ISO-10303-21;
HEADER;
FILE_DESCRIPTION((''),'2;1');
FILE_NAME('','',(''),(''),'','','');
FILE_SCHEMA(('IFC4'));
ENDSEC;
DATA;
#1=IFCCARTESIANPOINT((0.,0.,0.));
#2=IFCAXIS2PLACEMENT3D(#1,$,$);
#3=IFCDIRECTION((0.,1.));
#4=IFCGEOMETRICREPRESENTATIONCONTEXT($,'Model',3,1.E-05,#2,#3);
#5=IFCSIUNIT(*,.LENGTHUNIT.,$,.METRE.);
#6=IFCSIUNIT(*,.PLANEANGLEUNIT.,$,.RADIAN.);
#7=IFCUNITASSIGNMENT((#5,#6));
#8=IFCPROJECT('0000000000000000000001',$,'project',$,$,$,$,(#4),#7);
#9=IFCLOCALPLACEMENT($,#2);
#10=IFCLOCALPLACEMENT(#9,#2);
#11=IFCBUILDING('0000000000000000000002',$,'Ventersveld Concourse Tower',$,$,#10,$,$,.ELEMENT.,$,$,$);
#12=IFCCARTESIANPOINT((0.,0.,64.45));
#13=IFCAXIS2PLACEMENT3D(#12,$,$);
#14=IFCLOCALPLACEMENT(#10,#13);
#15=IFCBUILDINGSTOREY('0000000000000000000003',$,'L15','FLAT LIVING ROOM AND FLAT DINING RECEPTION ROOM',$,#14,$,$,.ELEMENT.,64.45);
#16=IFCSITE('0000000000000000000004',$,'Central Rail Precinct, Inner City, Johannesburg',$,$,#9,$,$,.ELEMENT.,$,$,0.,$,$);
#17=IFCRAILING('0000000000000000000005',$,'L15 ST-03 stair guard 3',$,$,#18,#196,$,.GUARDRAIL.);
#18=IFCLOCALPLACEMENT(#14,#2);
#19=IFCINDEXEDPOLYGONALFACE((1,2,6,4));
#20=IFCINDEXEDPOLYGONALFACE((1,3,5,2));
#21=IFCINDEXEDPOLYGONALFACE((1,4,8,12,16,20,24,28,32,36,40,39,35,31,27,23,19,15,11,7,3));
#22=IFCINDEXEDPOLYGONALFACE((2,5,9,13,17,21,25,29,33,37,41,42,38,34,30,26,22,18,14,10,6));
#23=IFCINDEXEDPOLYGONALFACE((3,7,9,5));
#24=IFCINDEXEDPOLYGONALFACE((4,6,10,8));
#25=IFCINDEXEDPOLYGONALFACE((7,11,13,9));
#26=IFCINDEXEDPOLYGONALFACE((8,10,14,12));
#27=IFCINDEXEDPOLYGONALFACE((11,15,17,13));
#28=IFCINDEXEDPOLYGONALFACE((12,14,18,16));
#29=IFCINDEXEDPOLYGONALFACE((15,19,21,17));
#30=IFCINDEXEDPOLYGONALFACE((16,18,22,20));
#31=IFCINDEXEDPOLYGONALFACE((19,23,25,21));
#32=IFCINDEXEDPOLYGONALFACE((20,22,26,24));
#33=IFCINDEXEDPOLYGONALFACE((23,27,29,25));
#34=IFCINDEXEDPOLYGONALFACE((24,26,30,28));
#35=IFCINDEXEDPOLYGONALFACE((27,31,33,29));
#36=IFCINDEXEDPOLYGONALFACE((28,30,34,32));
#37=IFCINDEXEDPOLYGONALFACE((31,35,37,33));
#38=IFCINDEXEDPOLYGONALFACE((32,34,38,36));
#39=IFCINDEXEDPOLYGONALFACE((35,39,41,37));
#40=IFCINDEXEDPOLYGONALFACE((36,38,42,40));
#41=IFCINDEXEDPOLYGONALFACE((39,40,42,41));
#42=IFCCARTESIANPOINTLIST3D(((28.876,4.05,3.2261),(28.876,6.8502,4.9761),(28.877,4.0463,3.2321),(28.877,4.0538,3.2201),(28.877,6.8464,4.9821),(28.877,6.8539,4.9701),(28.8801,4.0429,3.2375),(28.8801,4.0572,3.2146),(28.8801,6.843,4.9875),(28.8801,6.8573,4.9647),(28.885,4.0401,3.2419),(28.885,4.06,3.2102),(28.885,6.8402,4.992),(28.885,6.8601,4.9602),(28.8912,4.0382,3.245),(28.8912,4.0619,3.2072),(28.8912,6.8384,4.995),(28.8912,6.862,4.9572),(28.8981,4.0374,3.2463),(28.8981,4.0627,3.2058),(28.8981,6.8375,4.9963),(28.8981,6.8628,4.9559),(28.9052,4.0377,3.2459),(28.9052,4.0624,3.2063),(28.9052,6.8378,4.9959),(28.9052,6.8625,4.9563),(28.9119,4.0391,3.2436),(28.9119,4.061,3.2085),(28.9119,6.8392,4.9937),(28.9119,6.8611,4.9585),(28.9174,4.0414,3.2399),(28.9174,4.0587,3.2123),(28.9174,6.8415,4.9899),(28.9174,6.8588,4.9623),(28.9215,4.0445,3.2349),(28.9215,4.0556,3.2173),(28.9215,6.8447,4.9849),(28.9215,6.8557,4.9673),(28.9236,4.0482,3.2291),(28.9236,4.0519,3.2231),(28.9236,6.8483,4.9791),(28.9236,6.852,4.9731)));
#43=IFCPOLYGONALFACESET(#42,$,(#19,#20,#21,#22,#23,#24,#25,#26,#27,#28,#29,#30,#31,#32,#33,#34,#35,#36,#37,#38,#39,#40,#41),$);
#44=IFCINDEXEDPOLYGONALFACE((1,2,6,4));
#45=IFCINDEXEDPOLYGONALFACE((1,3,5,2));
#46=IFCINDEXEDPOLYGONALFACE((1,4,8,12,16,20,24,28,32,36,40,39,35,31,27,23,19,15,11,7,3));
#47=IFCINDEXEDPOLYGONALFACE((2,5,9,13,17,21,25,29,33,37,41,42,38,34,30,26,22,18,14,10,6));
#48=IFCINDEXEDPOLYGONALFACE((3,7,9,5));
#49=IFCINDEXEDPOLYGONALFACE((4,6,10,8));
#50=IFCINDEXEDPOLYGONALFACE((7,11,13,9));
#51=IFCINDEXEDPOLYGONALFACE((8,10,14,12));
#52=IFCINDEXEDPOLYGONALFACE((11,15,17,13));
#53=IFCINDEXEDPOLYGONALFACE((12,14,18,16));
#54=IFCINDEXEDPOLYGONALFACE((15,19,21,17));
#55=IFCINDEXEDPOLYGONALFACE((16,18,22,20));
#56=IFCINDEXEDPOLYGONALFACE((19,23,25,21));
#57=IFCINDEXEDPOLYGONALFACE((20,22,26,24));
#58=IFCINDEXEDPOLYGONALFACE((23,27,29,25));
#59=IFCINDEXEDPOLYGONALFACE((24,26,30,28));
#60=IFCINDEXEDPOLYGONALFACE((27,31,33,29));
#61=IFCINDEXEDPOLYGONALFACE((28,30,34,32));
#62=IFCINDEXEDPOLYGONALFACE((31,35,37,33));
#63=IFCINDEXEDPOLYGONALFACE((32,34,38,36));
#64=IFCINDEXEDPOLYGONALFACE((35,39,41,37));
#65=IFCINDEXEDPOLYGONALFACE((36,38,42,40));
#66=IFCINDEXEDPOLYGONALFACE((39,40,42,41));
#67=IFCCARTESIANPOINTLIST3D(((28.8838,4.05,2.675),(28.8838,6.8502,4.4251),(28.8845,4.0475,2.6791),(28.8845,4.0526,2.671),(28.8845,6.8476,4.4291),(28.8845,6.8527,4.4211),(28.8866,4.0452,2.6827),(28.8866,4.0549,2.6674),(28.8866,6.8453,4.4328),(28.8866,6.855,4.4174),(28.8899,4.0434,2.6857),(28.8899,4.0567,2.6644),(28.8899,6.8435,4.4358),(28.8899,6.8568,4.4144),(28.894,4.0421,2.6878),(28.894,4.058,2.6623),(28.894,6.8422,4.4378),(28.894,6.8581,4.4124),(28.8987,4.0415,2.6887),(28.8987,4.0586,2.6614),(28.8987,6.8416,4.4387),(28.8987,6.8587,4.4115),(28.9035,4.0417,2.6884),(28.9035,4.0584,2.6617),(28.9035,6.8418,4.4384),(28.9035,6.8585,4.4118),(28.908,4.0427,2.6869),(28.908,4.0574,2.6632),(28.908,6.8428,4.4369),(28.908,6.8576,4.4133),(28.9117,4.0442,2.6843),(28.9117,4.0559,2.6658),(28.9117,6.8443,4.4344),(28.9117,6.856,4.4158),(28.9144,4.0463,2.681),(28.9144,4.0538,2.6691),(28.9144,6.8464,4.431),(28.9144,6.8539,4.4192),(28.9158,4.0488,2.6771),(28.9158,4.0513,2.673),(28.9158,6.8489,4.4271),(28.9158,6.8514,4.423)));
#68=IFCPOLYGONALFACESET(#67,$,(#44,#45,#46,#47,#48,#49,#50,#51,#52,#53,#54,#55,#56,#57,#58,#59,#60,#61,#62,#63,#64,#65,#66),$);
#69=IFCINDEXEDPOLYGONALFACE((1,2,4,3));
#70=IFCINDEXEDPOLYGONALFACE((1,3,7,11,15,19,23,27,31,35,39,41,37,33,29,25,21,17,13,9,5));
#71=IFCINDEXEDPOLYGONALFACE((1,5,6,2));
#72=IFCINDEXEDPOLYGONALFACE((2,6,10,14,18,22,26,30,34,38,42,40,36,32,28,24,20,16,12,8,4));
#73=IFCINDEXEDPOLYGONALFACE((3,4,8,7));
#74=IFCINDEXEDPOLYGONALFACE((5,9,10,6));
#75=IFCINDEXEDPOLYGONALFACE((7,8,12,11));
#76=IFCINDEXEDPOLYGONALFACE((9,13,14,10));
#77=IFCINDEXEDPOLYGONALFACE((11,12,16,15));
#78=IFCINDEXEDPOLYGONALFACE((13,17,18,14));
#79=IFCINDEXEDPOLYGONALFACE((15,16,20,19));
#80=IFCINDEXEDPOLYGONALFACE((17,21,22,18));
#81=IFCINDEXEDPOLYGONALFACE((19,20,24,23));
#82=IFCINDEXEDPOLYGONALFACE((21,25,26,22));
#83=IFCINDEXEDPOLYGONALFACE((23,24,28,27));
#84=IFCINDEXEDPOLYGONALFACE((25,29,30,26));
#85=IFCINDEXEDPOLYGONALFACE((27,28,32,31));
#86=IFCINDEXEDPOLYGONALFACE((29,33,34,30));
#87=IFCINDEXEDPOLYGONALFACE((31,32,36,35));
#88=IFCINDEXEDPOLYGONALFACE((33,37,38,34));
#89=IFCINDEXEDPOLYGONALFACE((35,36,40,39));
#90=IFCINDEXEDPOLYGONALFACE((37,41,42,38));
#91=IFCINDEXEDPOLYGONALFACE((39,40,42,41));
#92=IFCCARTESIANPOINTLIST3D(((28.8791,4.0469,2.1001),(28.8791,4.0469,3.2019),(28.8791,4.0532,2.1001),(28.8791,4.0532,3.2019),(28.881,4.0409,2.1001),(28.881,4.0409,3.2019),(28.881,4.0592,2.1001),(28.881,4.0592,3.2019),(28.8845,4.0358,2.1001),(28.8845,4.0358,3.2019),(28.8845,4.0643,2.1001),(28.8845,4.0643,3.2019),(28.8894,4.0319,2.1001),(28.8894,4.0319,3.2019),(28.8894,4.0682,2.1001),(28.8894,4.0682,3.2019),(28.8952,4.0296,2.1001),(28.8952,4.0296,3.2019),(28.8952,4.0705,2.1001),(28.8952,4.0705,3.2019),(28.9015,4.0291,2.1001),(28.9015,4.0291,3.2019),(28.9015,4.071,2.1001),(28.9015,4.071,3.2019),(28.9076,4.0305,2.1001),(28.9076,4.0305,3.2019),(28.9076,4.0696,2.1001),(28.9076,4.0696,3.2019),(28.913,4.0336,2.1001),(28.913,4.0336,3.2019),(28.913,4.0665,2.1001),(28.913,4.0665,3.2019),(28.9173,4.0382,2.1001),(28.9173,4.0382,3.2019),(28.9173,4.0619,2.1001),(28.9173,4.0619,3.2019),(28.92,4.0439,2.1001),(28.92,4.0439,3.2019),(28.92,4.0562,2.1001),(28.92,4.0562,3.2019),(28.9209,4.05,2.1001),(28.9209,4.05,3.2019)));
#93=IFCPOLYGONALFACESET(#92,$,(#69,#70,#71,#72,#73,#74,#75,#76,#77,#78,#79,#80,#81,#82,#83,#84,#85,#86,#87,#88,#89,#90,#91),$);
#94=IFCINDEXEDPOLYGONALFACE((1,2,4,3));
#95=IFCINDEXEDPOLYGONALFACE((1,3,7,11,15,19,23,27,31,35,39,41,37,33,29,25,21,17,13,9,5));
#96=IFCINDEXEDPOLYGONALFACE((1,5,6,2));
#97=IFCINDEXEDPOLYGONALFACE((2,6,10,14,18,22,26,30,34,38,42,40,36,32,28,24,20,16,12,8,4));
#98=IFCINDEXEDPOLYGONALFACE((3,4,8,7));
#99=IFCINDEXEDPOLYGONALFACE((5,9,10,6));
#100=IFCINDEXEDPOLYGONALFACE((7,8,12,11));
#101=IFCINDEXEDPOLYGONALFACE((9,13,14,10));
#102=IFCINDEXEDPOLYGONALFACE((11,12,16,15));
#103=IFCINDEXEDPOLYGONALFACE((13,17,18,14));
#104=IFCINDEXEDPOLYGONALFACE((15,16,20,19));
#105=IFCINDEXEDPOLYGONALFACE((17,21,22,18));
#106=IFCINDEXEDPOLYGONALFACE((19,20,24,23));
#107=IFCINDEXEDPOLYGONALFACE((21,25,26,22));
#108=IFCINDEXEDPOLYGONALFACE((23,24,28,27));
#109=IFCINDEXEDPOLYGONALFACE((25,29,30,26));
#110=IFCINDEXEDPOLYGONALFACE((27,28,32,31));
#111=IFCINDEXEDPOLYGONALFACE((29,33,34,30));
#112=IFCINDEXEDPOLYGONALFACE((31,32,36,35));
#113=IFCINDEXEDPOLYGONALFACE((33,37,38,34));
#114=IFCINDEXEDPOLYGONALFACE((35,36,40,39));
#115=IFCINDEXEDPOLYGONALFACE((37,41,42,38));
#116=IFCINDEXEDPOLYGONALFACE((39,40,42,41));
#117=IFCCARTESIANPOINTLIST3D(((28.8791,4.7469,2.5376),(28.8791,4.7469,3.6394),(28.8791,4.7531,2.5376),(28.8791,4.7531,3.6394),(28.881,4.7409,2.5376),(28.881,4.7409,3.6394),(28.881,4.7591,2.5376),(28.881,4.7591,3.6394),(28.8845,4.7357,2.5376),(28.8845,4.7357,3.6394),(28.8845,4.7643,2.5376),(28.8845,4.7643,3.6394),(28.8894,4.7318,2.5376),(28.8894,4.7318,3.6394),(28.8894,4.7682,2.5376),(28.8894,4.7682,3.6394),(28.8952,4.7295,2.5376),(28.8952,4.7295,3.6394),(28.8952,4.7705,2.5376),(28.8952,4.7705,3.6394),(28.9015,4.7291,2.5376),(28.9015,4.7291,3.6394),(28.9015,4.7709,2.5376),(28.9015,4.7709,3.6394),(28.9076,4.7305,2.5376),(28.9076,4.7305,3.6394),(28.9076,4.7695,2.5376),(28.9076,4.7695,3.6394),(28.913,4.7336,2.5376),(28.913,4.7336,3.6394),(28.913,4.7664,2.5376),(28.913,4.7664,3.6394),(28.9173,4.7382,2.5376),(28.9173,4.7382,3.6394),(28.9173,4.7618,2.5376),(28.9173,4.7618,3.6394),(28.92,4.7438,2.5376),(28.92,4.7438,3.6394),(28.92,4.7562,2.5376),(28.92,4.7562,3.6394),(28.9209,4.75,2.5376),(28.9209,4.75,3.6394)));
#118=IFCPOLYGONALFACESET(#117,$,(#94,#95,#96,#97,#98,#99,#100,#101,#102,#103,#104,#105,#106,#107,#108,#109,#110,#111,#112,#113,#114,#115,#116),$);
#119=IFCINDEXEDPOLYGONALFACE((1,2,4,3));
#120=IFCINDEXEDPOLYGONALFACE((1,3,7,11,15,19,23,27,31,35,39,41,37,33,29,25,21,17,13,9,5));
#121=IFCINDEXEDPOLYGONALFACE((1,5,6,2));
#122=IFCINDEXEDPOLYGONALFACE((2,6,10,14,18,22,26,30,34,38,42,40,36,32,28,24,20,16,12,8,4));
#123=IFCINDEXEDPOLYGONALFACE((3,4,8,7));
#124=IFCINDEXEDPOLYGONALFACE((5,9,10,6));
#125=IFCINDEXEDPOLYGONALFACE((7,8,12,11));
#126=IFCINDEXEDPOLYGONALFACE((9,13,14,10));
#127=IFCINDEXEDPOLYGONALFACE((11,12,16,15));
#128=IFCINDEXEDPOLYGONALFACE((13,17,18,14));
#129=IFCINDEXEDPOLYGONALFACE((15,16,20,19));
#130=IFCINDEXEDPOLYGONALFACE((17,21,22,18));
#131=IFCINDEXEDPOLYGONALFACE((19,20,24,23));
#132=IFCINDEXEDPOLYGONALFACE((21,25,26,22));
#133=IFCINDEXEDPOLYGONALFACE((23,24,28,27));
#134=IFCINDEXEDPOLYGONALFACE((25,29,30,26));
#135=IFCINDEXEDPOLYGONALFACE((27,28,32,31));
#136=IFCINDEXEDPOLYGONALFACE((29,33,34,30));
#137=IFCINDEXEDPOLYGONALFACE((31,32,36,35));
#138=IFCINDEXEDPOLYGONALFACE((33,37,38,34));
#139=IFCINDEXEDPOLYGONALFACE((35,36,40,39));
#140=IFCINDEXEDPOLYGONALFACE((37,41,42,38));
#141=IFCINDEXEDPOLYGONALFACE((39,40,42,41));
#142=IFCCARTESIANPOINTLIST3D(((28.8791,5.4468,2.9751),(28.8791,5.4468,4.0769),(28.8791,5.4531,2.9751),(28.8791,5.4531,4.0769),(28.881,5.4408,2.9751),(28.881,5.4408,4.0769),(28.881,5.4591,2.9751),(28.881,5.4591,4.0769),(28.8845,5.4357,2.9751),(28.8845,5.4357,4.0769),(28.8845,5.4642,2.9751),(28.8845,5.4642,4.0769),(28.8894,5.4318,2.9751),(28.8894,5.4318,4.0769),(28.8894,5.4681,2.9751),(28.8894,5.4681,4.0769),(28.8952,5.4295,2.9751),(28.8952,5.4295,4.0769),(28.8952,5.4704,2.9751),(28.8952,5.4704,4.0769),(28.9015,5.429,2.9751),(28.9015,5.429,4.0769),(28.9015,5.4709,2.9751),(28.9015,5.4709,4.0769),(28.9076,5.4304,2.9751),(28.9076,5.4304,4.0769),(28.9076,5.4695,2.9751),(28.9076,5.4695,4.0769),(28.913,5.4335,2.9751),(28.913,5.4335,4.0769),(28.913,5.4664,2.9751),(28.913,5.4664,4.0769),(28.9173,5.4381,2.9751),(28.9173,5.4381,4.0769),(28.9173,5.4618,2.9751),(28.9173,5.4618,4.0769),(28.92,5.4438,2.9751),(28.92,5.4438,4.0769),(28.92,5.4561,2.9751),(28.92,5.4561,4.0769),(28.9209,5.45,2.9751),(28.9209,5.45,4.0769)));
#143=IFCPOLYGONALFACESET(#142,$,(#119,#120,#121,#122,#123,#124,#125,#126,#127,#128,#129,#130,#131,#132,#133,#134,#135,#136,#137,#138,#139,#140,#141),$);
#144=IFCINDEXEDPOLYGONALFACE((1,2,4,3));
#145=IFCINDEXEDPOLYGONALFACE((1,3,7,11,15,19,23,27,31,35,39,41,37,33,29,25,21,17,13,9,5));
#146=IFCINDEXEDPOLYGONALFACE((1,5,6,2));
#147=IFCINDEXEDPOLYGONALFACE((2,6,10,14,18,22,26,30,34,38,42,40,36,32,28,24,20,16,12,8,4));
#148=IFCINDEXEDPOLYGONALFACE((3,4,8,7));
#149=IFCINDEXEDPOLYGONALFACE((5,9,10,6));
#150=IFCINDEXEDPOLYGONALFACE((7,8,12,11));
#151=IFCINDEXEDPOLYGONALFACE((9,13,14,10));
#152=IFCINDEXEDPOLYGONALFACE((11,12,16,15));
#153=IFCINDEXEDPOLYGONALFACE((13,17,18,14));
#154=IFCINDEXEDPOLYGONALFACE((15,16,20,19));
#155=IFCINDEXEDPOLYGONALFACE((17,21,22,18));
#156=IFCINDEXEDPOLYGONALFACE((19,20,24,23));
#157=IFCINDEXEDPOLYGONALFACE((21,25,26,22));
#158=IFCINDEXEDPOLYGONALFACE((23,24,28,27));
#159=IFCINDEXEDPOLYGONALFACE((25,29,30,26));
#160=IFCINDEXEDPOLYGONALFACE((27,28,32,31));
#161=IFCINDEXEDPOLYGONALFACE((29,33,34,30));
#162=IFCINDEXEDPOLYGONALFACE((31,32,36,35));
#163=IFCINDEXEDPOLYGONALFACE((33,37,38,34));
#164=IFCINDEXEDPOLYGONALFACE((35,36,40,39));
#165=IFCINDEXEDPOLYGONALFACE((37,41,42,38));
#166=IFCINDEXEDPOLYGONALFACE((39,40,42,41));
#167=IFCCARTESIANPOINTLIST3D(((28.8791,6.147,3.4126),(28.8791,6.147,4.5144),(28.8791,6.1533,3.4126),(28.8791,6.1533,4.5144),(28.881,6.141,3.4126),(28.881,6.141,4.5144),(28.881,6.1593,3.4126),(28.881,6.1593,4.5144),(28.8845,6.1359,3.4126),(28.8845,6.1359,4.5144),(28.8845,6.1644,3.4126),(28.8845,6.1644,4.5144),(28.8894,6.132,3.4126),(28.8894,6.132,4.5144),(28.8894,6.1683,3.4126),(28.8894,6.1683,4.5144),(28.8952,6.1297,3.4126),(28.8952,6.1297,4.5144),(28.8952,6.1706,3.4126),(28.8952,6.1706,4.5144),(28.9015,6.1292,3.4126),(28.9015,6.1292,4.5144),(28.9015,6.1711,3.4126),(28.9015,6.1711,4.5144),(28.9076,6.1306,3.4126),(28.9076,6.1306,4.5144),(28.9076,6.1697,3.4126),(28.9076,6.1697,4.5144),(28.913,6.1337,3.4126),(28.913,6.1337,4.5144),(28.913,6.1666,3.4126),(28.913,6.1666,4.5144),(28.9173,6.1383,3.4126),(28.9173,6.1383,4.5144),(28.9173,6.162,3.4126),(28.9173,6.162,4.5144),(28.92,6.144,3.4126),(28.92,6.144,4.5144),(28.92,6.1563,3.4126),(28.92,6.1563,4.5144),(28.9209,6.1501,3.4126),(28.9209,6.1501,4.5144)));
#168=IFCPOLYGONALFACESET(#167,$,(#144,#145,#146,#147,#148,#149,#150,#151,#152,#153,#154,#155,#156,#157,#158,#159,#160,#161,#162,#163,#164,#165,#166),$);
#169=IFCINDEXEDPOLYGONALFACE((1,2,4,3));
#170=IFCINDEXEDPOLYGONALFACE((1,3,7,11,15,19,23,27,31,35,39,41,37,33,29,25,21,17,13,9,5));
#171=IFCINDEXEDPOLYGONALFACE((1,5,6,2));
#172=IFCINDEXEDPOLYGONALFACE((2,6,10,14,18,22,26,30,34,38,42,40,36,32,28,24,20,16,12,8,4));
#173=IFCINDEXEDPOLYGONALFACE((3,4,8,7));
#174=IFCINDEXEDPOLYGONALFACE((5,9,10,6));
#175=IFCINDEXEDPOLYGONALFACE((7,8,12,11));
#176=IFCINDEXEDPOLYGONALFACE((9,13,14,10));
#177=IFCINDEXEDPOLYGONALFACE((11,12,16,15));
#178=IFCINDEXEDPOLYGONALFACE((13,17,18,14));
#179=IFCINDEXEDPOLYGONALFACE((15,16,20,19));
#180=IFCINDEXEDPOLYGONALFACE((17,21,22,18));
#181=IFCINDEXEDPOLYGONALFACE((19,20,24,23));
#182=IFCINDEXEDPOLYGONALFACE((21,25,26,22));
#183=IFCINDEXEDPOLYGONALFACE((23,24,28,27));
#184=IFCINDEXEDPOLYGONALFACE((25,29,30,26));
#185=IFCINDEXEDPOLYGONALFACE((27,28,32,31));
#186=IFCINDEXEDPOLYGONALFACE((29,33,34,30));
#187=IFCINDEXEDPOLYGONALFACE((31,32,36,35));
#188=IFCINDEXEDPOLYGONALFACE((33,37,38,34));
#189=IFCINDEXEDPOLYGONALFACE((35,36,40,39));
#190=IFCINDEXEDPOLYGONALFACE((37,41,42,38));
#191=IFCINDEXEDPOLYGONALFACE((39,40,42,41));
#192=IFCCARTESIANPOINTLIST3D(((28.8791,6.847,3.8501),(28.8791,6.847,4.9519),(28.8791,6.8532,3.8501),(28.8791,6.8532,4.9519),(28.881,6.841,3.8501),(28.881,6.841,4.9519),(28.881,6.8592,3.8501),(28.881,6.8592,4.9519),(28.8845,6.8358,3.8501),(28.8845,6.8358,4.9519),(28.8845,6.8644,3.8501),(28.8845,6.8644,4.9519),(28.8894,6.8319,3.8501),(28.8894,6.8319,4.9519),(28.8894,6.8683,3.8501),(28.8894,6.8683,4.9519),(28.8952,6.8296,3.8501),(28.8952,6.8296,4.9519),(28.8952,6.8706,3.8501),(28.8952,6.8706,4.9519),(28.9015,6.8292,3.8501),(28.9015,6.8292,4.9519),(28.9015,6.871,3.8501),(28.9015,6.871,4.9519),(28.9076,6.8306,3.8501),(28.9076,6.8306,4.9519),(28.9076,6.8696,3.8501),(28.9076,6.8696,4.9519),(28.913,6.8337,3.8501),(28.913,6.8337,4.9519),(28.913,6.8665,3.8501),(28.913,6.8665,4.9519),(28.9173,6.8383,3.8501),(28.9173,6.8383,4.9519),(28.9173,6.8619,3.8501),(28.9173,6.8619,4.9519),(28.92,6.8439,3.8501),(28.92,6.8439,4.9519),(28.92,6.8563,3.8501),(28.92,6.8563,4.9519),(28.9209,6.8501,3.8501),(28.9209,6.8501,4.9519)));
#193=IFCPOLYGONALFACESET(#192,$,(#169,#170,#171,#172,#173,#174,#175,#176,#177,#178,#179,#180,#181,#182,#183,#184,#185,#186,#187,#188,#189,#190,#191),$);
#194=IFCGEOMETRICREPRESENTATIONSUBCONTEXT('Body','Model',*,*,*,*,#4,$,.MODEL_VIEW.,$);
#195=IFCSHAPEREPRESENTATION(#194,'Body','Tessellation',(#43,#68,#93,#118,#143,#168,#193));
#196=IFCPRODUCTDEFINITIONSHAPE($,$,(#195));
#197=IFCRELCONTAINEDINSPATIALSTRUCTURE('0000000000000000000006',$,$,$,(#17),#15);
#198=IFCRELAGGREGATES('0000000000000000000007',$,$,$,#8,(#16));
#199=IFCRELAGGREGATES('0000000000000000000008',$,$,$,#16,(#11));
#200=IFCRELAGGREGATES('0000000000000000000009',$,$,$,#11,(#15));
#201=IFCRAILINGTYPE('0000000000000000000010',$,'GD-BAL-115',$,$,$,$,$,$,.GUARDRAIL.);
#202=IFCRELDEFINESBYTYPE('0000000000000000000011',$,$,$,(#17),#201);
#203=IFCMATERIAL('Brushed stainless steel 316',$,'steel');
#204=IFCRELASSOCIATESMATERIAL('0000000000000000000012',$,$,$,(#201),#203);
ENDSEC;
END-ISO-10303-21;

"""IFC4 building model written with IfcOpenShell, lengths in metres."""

from ifc_helpers import new_model, si_unit, direction, frame, origin, origin_2d, place, context, subcontext, project, spatial, circle, extrude, material, type_object, element, save


model = new_model("IFC4")

# Units and contexts
model_context = context("Model", 3, precision=1e-05, world=origin(), true_north=direction((0.0, 1.0)))
body_context = subcontext(model_context, "Body", "Model", "MODEL_VIEW")
ifc_project = project(units=[si_unit("LENGTHUNIT", "METRE"), si_unit("PLANEANGLEUNIT", "RADIAN")], contexts=[model_context])

# Site, building, storey
site_placement = place(None, origin())
site = spatial("IfcSite", under=ifc_project, at=site_placement, Name="Central Rail Precinct, Inner City, Johannesburg", CompositionType="ELEMENT", RefElevation=0.0)
building_placement = place(site_placement, origin())
building = spatial("IfcBuilding", under=site, at=building_placement, Name="Ventersveld Concourse Tower", CompositionType="ELEMENT")
storey_placement = place(building_placement, frame((0.0, 0.0, 64.45)))
storey = spatial("IfcBuildingStorey", under=building, at=storey_placement, Name="L15", Description="FLAT LIVING ROOM AND FLAT DINING RECEPTION ROOM", CompositionType="ELEMENT", Elevation=64.45)

# Railing
ifc_material_1 = material(Name="Brushed stainless steel 316", Category="steel")
railing_type_1 = type_object("IfcRailingType", Name="GD-BAL-115", PredefinedType="GUARDRAIL", material=ifc_material_1)
railing_1_placement = place(storey_placement, frame((28.8999, 4.05, 2.1001)))
element("IfcRailing", 1, at=railing_1_placement, inside=storey, type_object=railing_type_1, Name="L15 ST-03 stair guard 3", PredefinedType="GUARDRAIL", context=body_context, shape_type="SweptSolid", body=[
    extrude(circle(Radius=0.0239, at=origin_2d()), frame((0.0, 0.0, 1.126), z_axis=(0.0, 0.848002, 0.529992), x_axis=(-1.0, 0.0, 0.0)), (0.0, 0.0, 1.0), 3.302),
    extrude(circle(Radius=0.0161, at=origin_2d()), frame((0.0, 0.0, 0.575), z_axis=(0.0, 0.848002, 0.529992), x_axis=(-1.0, 0.0, 0.0)), (0.0, 0.0, 1.0), 3.302),
    extrude(circle(Radius=0.021, at=origin_2d()), origin(), (0.0, 0.0, 1.0), 1.1018),
    extrude(circle(Radius=0.021, at=origin_2d()), frame((0.0, 0.7, 0.4375)), (0.0, 0.0, 1.0), 1.1018),
    extrude(circle(Radius=0.021, at=origin_2d()), frame((0.0, 1.3999, 0.875)), (0.0, 0.0, 1.0), 1.1018),
    extrude(circle(Radius=0.021, at=origin_2d()), frame((0.0, 2.1001, 1.3125)), (0.0, 0.0, 1.0), 1.1018),
    extrude(circle(Radius=0.021, at=origin_2d()), frame((0.0, 2.8, 1.75)), (0.0, 0.0, 1.0), 1.1018),
])

save(model, "model.ifc")
